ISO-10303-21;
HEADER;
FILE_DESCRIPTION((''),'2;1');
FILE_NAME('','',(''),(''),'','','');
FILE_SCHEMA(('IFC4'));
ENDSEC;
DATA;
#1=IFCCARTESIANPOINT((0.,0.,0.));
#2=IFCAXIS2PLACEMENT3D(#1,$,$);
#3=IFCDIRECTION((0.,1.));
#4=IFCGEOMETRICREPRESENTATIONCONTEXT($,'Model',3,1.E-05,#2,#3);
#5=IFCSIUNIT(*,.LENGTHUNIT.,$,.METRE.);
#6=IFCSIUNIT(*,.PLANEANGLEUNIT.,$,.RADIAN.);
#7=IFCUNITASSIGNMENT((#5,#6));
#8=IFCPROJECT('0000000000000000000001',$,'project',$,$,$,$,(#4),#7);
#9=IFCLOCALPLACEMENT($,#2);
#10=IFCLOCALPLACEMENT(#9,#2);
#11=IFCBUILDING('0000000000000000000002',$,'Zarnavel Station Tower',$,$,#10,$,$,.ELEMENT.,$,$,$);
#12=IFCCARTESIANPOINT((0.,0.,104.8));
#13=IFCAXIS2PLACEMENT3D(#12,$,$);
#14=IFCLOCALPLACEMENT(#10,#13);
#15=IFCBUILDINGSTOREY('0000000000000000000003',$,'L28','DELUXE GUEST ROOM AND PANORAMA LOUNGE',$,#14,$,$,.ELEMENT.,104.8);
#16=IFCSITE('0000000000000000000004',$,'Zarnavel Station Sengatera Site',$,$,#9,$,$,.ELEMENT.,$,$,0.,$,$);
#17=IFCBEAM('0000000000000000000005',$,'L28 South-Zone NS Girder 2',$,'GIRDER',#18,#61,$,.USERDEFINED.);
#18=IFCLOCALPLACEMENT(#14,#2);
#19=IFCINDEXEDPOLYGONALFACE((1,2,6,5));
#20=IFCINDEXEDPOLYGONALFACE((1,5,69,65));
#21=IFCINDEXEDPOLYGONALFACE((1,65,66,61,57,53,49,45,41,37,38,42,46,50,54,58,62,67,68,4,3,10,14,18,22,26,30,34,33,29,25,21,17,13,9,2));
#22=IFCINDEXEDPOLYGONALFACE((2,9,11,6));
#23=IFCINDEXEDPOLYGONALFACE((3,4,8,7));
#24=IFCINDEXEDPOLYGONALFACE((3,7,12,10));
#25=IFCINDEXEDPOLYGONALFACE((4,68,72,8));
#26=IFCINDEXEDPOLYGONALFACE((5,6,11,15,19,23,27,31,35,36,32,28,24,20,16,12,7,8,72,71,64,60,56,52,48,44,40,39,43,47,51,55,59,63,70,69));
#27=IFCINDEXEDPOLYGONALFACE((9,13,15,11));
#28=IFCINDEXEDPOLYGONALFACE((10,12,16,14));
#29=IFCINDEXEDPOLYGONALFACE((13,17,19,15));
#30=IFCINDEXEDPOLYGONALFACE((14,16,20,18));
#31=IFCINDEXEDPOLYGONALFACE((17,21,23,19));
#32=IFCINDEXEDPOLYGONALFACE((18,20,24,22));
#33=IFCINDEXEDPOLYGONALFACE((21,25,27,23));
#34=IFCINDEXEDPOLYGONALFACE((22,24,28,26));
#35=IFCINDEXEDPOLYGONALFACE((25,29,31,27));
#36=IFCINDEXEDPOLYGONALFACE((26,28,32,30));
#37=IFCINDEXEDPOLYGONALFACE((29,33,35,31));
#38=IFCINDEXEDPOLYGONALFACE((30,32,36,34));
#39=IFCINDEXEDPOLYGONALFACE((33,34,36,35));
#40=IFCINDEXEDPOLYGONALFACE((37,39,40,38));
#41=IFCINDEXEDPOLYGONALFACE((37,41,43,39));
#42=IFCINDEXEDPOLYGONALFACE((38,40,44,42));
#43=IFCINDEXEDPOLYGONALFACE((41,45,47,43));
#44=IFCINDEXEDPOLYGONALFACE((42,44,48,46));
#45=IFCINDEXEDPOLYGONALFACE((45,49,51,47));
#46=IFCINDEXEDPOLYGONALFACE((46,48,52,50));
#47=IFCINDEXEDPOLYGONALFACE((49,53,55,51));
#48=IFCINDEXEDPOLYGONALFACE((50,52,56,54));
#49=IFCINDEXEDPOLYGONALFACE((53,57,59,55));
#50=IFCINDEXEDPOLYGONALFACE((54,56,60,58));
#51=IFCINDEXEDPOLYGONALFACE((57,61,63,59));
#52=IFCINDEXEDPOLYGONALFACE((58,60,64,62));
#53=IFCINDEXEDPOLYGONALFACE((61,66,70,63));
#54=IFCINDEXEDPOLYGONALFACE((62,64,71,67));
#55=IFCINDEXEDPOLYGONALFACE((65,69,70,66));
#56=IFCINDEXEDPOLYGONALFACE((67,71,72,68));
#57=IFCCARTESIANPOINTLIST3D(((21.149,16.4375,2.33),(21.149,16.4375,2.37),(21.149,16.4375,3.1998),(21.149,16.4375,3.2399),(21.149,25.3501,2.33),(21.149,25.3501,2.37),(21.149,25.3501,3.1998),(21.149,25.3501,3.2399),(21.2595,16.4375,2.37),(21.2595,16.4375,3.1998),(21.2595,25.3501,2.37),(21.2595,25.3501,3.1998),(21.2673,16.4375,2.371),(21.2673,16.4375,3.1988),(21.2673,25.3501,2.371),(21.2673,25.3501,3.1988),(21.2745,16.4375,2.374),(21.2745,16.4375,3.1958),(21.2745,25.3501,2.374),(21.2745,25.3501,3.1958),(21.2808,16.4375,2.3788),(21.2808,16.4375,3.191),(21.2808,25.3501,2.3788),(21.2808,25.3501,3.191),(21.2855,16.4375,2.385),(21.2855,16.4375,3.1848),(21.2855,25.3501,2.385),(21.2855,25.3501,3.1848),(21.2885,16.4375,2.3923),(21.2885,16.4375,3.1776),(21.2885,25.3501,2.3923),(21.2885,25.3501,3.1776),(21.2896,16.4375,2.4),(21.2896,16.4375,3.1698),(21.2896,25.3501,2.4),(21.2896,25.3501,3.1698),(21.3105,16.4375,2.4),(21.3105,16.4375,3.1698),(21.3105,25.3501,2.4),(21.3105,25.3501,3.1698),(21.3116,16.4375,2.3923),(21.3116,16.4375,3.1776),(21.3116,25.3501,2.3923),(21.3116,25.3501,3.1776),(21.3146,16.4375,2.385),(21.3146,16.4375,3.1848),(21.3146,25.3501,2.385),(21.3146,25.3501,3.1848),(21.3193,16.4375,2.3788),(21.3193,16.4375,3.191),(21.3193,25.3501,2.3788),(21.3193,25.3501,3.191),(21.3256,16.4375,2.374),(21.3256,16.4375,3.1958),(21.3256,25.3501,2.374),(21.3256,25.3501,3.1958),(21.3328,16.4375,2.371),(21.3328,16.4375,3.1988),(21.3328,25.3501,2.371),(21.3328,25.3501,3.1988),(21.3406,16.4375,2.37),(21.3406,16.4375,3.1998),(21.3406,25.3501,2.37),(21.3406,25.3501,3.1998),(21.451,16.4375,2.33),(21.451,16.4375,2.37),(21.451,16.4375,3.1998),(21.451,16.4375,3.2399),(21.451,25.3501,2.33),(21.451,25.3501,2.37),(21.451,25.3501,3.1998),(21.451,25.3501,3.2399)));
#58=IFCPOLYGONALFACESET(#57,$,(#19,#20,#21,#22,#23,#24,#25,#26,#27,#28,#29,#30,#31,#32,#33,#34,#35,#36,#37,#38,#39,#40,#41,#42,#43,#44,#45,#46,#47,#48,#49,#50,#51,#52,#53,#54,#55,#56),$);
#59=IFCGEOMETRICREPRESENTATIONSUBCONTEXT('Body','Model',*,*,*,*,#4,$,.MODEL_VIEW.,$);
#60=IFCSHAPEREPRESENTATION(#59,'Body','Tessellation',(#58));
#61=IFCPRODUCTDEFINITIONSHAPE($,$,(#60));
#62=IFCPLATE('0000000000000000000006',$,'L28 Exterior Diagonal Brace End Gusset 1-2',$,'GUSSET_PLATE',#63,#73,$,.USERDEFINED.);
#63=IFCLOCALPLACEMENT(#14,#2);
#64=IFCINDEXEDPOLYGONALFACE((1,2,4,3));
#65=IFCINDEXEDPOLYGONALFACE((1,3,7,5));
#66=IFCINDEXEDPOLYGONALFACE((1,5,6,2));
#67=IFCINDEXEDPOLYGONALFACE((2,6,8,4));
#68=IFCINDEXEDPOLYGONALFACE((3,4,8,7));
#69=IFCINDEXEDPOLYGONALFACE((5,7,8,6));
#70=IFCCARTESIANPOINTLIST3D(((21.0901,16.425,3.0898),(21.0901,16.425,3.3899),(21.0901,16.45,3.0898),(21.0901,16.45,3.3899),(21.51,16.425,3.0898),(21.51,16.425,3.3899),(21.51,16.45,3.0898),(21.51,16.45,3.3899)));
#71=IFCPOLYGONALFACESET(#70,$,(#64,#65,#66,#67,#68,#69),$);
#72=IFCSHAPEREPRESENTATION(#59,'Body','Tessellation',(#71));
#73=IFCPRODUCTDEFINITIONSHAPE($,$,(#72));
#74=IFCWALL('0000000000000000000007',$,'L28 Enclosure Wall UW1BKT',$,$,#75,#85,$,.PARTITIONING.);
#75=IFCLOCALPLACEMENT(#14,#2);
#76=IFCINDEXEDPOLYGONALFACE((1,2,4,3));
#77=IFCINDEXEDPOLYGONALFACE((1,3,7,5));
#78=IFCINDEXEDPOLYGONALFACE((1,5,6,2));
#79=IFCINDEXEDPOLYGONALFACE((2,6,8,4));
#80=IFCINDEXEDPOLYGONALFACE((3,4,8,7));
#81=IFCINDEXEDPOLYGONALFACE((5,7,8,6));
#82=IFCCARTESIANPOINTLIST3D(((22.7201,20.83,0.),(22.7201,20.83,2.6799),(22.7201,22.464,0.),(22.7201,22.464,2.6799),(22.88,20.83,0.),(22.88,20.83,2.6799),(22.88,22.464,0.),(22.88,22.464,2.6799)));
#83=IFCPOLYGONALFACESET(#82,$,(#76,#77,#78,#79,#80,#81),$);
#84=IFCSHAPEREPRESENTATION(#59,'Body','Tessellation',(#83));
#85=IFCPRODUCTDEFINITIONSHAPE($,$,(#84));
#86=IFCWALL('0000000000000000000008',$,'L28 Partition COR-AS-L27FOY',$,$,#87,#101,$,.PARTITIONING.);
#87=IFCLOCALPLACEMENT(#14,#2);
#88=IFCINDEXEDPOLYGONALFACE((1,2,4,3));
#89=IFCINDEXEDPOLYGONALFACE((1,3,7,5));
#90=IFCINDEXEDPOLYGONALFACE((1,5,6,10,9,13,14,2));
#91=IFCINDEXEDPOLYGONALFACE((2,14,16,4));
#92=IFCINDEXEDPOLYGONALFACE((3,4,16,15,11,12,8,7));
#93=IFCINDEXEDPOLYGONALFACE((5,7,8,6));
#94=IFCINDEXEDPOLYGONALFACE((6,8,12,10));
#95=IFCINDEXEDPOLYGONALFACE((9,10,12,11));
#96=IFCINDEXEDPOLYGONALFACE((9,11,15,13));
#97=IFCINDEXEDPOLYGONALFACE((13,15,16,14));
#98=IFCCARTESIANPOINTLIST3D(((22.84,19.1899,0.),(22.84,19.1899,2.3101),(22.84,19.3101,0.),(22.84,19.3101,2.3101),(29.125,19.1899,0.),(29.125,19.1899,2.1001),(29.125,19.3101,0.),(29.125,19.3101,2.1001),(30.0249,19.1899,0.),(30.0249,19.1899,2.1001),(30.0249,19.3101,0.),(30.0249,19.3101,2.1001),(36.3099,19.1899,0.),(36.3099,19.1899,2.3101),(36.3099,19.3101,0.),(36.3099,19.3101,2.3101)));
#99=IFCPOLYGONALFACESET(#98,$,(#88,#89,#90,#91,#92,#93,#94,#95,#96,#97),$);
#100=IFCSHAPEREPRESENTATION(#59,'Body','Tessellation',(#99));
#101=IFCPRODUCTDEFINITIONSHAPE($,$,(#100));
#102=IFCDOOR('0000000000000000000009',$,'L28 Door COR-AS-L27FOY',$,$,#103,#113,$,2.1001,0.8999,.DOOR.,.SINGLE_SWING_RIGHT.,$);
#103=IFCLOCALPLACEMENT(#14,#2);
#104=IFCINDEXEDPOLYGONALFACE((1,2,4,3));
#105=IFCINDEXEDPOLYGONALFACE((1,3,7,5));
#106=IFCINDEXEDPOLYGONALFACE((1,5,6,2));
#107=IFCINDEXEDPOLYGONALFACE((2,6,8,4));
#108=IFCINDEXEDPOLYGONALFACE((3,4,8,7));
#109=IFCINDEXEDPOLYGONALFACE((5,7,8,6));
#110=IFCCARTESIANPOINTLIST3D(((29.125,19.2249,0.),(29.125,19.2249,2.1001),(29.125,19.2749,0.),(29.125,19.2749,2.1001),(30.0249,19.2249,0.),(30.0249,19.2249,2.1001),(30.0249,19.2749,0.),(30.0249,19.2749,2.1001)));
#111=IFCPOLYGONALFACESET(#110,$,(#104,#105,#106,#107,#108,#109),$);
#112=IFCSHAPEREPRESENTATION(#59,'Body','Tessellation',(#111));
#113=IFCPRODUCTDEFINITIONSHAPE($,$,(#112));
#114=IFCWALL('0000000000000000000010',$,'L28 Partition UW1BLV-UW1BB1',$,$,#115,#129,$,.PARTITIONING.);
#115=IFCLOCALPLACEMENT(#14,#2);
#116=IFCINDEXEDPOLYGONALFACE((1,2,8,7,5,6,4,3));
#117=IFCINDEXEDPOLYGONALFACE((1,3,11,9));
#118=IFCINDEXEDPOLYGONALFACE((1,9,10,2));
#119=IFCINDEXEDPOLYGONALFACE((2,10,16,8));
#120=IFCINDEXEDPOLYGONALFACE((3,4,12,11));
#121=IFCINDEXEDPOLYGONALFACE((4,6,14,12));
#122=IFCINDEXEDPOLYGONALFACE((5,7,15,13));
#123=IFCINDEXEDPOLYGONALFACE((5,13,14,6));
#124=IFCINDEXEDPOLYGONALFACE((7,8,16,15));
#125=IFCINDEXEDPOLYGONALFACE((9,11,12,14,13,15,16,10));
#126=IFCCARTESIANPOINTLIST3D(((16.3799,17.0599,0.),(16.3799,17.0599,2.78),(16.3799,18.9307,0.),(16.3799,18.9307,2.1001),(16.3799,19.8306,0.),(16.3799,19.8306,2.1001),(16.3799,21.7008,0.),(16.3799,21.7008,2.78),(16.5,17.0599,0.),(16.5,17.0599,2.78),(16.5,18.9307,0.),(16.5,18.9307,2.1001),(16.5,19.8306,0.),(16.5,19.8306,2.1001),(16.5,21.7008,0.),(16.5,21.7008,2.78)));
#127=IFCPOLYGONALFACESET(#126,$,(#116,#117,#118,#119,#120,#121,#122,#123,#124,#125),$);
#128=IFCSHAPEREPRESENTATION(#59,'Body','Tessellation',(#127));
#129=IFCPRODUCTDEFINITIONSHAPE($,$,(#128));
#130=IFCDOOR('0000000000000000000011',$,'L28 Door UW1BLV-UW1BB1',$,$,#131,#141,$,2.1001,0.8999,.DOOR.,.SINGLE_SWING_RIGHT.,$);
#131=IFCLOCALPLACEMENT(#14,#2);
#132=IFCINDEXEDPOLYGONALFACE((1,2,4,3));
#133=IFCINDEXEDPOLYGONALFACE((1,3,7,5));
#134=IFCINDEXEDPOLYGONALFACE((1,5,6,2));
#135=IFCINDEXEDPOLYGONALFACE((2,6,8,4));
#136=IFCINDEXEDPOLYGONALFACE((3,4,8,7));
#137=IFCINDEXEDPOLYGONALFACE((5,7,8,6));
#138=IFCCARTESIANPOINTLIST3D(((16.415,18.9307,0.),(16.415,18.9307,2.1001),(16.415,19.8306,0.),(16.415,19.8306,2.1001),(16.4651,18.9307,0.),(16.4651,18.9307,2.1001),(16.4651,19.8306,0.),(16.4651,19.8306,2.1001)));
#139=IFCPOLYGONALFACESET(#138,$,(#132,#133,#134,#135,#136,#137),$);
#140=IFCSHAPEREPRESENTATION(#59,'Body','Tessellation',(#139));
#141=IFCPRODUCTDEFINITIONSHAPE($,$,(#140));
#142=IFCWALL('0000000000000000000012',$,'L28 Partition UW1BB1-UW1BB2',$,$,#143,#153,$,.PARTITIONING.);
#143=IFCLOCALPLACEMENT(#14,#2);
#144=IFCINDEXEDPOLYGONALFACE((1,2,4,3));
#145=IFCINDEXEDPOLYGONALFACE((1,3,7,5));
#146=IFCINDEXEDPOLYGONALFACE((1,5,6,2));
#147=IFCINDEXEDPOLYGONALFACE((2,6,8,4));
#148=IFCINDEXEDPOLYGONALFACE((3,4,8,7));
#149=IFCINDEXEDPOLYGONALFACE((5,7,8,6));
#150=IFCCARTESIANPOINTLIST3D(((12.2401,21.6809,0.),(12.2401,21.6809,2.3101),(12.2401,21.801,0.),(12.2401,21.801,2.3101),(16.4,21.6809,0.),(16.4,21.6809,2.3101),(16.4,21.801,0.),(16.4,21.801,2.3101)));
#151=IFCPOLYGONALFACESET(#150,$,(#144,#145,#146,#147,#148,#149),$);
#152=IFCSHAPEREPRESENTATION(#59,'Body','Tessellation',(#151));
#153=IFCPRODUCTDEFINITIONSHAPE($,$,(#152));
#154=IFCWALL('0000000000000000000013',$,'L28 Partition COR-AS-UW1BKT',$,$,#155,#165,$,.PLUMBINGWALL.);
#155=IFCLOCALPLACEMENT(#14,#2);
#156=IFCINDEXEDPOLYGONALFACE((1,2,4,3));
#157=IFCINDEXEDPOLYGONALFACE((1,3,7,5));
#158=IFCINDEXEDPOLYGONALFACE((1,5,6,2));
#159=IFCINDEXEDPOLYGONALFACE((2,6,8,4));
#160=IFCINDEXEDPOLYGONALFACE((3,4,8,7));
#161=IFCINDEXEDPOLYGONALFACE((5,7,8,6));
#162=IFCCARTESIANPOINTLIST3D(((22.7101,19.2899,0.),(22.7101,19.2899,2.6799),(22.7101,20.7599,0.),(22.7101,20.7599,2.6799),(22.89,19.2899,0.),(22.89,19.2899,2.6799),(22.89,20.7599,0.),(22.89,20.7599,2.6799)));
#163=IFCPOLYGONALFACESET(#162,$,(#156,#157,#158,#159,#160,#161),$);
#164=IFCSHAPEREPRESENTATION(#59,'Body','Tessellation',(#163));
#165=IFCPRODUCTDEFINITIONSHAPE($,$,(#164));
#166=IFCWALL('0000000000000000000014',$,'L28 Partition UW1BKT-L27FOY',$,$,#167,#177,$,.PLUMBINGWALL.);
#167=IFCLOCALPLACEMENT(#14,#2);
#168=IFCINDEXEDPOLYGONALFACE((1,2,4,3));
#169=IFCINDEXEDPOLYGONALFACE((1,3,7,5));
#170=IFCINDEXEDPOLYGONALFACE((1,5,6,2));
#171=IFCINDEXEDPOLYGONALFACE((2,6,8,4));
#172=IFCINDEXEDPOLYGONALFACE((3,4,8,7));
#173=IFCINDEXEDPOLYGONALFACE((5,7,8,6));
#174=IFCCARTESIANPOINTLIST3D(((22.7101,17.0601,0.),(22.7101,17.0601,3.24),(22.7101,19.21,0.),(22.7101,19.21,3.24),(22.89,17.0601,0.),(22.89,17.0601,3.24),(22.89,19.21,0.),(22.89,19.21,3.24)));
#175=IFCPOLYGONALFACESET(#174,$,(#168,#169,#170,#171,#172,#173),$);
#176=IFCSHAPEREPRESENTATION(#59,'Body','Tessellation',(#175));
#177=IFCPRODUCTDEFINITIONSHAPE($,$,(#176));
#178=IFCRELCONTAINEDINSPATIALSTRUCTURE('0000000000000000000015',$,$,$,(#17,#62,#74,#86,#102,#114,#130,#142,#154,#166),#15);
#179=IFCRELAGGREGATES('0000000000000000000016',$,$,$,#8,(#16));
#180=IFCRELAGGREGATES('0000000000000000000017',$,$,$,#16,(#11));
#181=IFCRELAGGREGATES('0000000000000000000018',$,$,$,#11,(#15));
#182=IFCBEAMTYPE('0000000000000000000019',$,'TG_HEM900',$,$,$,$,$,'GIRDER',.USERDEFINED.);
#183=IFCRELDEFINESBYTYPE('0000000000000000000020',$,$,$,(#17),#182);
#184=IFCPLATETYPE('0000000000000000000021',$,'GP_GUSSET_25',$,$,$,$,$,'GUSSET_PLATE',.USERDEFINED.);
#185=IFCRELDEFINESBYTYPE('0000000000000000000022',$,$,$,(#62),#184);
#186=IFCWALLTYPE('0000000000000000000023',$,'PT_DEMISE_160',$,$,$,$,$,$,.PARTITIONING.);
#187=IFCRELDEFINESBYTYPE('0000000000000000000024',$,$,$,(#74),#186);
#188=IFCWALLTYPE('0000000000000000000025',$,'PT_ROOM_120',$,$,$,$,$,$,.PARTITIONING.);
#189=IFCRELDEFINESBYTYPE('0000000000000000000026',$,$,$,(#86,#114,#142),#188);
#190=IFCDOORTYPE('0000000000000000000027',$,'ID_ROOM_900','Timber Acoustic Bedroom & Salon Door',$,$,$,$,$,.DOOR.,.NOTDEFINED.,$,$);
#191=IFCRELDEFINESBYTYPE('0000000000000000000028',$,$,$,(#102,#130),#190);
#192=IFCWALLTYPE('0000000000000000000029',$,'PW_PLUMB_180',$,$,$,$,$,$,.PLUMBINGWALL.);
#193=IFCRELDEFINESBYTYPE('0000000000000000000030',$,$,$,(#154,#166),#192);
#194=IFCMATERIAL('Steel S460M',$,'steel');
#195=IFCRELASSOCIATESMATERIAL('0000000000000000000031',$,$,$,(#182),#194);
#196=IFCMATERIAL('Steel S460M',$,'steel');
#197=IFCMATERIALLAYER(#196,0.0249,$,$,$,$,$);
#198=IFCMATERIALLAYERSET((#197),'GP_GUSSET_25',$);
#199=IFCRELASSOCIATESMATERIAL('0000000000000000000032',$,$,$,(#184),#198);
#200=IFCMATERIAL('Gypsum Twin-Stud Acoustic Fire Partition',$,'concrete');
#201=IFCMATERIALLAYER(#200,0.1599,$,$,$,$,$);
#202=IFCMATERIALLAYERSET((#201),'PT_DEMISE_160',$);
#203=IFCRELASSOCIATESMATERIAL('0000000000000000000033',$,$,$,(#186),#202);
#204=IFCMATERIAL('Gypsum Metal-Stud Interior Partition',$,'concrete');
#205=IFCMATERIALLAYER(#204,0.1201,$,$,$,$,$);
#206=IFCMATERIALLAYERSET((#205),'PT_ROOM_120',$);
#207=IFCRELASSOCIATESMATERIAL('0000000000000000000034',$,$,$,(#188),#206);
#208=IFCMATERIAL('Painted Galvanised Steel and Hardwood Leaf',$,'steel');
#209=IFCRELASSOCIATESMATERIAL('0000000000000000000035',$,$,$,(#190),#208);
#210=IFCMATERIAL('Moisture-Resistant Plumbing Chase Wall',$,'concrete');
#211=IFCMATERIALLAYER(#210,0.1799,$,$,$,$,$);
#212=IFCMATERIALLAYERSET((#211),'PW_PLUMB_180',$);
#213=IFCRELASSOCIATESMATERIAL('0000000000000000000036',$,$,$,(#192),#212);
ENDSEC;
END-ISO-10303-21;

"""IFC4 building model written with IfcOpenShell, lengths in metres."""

from ifc_helpers import new_model, si_unit, direction, frame, frame_2d, origin, origin_2d, place, context, subcontext, project, spatial, rectangle, i_section, extrude, material, layer, layer_set, material_profile, profile_set, type_object, element, fill, save


model = new_model("IFC4")

# Units and contexts
model_context = context("Model", 3, precision=1e-05, world=origin(), true_north=direction((0.0, 1.0)))
body_context = subcontext(model_context, "Body", "Model", "MODEL_VIEW")
ifc_project = project(units=[si_unit("LENGTHUNIT", "METRE"), si_unit("PLANEANGLEUNIT", "RADIAN")], contexts=[model_context])

# Site, building, storey
site_placement = place(None, origin())
site = spatial("IfcSite", under=ifc_project, at=site_placement, Name="Zarnavel Station Sengatera Site", CompositionType="ELEMENT", RefElevation=0.0)
building_placement = place(site_placement, origin())
building = spatial("IfcBuilding", under=site, at=building_placement, Name="Zarnavel Station Tower", CompositionType="ELEMENT")
storey_placement = place(building_placement, frame((0.0, 0.0, 104.8)))
storey = spatial("IfcBuildingStorey", under=building, at=storey_placement, Name="L28", Description="DELUXE GUEST ROOM AND PANORAMA LOUNGE", CompositionType="ELEMENT", Elevation=104.8)

# Beam
ifc_material_1 = material(Name="Steel S460M", Category="steel")
ifc_material_profile_1 = material_profile(ifc_material_1, i_section(OverallWidth=0.302, OverallDepth=0.9099, WebThickness=0.021, FlangeThickness=0.04, FilletRadius=0.03, at=origin_2d()), Name="HEM900")
ifc_profile_set_1 = profile_set([ifc_material_profile_1], Name="Steel S460M")
beam_type_1 = type_object("IfcBeamType", Name="TG_HEM900", ElementType="GIRDER", PredefinedType="USERDEFINED", material=ifc_profile_set_1)
beam_1_placement = place(storey_placement, frame((21.3, 16.4375, 2.7849), z_axis=(0.0, 1.0, 0.0), x_axis=(-1.0, 0.0, 0.0)))
element("IfcBeam", 1, at=beam_1_placement, inside=storey, type_object=beam_type_1, Name="L28 South-Zone NS Girder 2", ObjectType="GIRDER", PredefinedType="USERDEFINED", context=body_context, shape_type="SweptSolid", body=[
    extrude(i_section(OverallWidth=0.302, OverallDepth=0.9099, WebThickness=0.021, FlangeThickness=0.04, FilletRadius=0.03, at=origin_2d()), origin(), (0.0, 0.0, 1.0), 8.9126),
])

# Plate
ifc_material_2 = material(Name="Steel S460M", Category="steel")
ifc_layer_1 = layer(ifc_material_2, 0.0249)
ifc_layer_set_1 = layer_set([ifc_layer_1], Name="GP_GUSSET_25")
plate_type = type_object("IfcPlateType", Name="GP_GUSSET_25", ElementType="GUSSET_PLATE", PredefinedType="USERDEFINED", material=ifc_layer_set_1)
plate_placement = place(storey_placement, frame((21.3, 16.4375, 3.0898), z_axis=(0.0, 0.0, 1.0), x_axis=(1.0, 0.0, 0.0)))
element("IfcPlate", 2, at=plate_placement, inside=storey, type_object=plate_type, Name="L28 Exterior Diagonal Brace End Gusset 1-2", ObjectType="GUSSET_PLATE", PredefinedType="USERDEFINED", context=body_context, shape_type="SweptSolid", body=[
    extrude(rectangle(XDim=0.4199, YDim=0.0249, at=origin_2d()), origin(), (0.0, 0.0, 1.0), 0.3),
])

# Wall
ifc_material_3 = material(Name="Gypsum Twin-Stud Acoustic Fire Partition", Category="concrete")
ifc_layer_2 = layer(ifc_material_3, 0.1599)
ifc_layer_set_2 = layer_set([ifc_layer_2], Name="PT_DEMISE_160")
wall_type_1 = type_object("IfcWallType", Name="PT_DEMISE_160", PredefinedType="PARTITIONING", material=ifc_layer_set_2)
wall_1_placement = place(storey_placement, frame((22.8, 20.8301, 0.0), z_axis=(0.0, 0.0, 1.0), x_axis=(0.0, 1.0, 0.0)))
element("IfcWall", 3, at=wall_1_placement, inside=storey, type_object=wall_type_1, Name="L28 Enclosure Wall UW1BKT", PredefinedType="PARTITIONING", context=body_context, shape_type="SweptSolid", body=[
    extrude(rectangle(XDim=1.634, YDim=0.1599, at=frame_2d((0.8169, 0.0))), origin(), (0.0, 0.0, 1.0), 2.6799),
])

# Walls, openings, doors
ifc_material_4 = material(Name="Gypsum Metal-Stud Interior Partition", Category="concrete")
ifc_layer_3 = layer(ifc_material_4, 0.1201)
ifc_layer_set_3 = layer_set([ifc_layer_3], Name="PT_ROOM_120")
wall_type_2 = type_object("IfcWallType", Name="PT_ROOM_120", PredefinedType="PARTITIONING", material=ifc_layer_set_3)
wall_2_placement = place(storey_placement, frame((22.8401, 19.25, 0.0), z_axis=(0.0, 0.0, 1.0), x_axis=(1.0, 0.0, 0.0)))
wall_2 = element("IfcWall", 4, at=wall_2_placement, inside=storey, type_object=wall_type_2, Name="L28 Partition COR-AS-L27FOY", PredefinedType="PARTITIONING", context=body_context, shape_type="SweptSolid", body=[
    extrude(rectangle(XDim=13.47, YDim=0.1201, at=frame_2d((6.7349, 0.0))), origin(), (0.0, 0.0, 1.0), 2.3101),
])
opening_1_placement = place(wall_2_placement, frame((6.2849, 0.0, 0.0)))
opening_1 = element("IfcOpeningElement", 5, at=opening_1_placement, cuts=wall_2, PredefinedType="OPENING", context=body_context, shape_type="SweptSolid", body=[
    extrude(rectangle(XDim=0.8999, YDim=2.1001, at=frame_2d((0.45, 1.05))), frame((0.0, 0.0701, 0.0), z_axis=(0.0, -1.0, 0.0), x_axis=(1.0, 0.0, 0.0)), (0.0, 0.0, 1.0), 0.1401),
])
ifc_material_5 = material(Name="Painted Galvanised Steel and Hardwood Leaf", Category="steel")
door_type_1 = type_object("IfcDoorType", Name="ID_ROOM_900", Description="Timber Acoustic Bedroom & Salon Door", OperationType="NOTDEFINED", PredefinedType="DOOR", material=ifc_material_5)
door_1_placement = place(opening_1_placement, origin())
door_1 = element("IfcDoor", 6, at=door_1_placement, inside=storey, type_object=door_type_1, Name="L28 Door COR-AS-L27FOY", OperationType="SINGLE_SWING_RIGHT", OverallHeight=2.1001, OverallWidth=0.8999, PredefinedType="DOOR", context=body_context, shape_type="SweptSolid", body=[
    extrude(rectangle(XDim=0.8999, YDim=2.1001, at=frame_2d((0.45, 1.05))), frame((0.0, 0.0249, 0.0), z_axis=(0.0, -1.0, 0.0), x_axis=(1.0, 0.0, 0.0)), (0.0, 0.0, 1.0), 0.05),
])
fill(opening_1, door_1)
wall_3_placement = place(storey_placement, frame((16.4399, 17.0601, 0.0), z_axis=(0.0, 0.0, 1.0), x_axis=(0.0, 1.0, 0.0)))
wall_3 = element("IfcWall", 7, at=wall_3_placement, inside=storey, type_object=wall_type_2, Name="L28 Partition UW1BLV-UW1BB1", PredefinedType="PARTITIONING", context=body_context, shape_type="SweptSolid", body=[
    extrude(rectangle(XDim=4.6409, YDim=0.1201, at=frame_2d((2.3203, 0.0))), origin(), (0.0, 0.0, 1.0), 2.78),
])
opening_2_placement = place(wall_3_placement, frame((1.8706, 0.0, 0.0)))
opening_2 = element("IfcOpeningElement", 8, at=opening_2_placement, cuts=wall_3, PredefinedType="OPENING", context=body_context, shape_type="SweptSolid", body=[
    extrude(rectangle(XDim=0.8999, YDim=2.1001, at=frame_2d((0.45, 1.05))), frame((0.0, 0.0701, 0.0), z_axis=(0.0, -1.0, 0.0), x_axis=(1.0, 0.0, 0.0)), (0.0, 0.0, 1.0), 0.1401),
])
door_2_placement = place(opening_2_placement, origin())
door_2 = element("IfcDoor", 9, at=door_2_placement, inside=storey, type_object=door_type_1, Name="L28 Door UW1BLV-UW1BB1", OperationType="SINGLE_SWING_RIGHT", OverallHeight=2.1001, OverallWidth=0.8999, PredefinedType="DOOR", context=body_context, shape_type="SweptSolid", body=[
    extrude(rectangle(XDim=0.8999, YDim=2.1001, at=frame_2d((0.45, 1.05))), frame((0.0, 0.0249, 0.0), z_axis=(0.0, -1.0, 0.0), x_axis=(1.0, 0.0, 0.0)), (0.0, 0.0, 1.0), 0.05),
])
fill(opening_2, door_2)

# Walls
wall_4_placement = place(storey_placement, frame((12.24, 21.741, 0.0), z_axis=(0.0, 0.0, 1.0), x_axis=(1.0, 0.0, 0.0)))
element("IfcWall", 10, at=wall_4_placement, inside=storey, type_object=wall_type_2, Name="L28 Partition UW1BB1-UW1BB2", PredefinedType="PARTITIONING", context=body_context, shape_type="SweptSolid", body=[
    extrude(rectangle(XDim=4.1599, YDim=0.1201, at=frame_2d((2.0801, 0.0))), origin(), (0.0, 0.0, 1.0), 2.3101),
])
ifc_material_6 = material(Name="Moisture-Resistant Plumbing Chase Wall", Category="concrete")
ifc_layer_4 = layer(ifc_material_6, 0.1799)
ifc_layer_set_4 = layer_set([ifc_layer_4], Name="PW_PLUMB_180")
wall_type_3 = type_object("IfcWallType", Name="PW_PLUMB_180", PredefinedType="PLUMBINGWALL", material=ifc_layer_set_4)
wall_5_placement = place(storey_placement, frame((22.8, 19.29, 0.0), z_axis=(0.0, 0.0, 1.0), x_axis=(0.0, 1.0, 0.0)))
element("IfcWall", 11, at=wall_5_placement, inside=storey, type_object=wall_type_3, Name="L28 Partition COR-AS-UW1BKT", PredefinedType="PLUMBINGWALL", context=body_context, shape_type="SweptSolid", body=[
    extrude(rectangle(XDim=1.47, YDim=0.1799, at=frame_2d((0.7349, 0.0))), origin(), (0.0, 0.0, 1.0), 2.6799),
])

# Wall
wall_6_placement = place(storey_placement, frame((22.8, 17.0601, 0.0), z_axis=(0.0, 0.0, 1.0), x_axis=(0.0, 1.0, 0.0)))
element("IfcWall", 12, at=wall_6_placement, inside=storey, type_object=wall_type_3, Name="L28 Partition UW1BKT-L27FOY", PredefinedType="PLUMBINGWALL", context=body_context, shape_type="SweptSolid", body=[
    extrude(rectangle(XDim=2.1499, YDim=0.1799, at=frame_2d((1.075, 0.0))), origin(), (0.0, 0.0, 1.0), 3.24),
])

save(model, "model.ifc")
